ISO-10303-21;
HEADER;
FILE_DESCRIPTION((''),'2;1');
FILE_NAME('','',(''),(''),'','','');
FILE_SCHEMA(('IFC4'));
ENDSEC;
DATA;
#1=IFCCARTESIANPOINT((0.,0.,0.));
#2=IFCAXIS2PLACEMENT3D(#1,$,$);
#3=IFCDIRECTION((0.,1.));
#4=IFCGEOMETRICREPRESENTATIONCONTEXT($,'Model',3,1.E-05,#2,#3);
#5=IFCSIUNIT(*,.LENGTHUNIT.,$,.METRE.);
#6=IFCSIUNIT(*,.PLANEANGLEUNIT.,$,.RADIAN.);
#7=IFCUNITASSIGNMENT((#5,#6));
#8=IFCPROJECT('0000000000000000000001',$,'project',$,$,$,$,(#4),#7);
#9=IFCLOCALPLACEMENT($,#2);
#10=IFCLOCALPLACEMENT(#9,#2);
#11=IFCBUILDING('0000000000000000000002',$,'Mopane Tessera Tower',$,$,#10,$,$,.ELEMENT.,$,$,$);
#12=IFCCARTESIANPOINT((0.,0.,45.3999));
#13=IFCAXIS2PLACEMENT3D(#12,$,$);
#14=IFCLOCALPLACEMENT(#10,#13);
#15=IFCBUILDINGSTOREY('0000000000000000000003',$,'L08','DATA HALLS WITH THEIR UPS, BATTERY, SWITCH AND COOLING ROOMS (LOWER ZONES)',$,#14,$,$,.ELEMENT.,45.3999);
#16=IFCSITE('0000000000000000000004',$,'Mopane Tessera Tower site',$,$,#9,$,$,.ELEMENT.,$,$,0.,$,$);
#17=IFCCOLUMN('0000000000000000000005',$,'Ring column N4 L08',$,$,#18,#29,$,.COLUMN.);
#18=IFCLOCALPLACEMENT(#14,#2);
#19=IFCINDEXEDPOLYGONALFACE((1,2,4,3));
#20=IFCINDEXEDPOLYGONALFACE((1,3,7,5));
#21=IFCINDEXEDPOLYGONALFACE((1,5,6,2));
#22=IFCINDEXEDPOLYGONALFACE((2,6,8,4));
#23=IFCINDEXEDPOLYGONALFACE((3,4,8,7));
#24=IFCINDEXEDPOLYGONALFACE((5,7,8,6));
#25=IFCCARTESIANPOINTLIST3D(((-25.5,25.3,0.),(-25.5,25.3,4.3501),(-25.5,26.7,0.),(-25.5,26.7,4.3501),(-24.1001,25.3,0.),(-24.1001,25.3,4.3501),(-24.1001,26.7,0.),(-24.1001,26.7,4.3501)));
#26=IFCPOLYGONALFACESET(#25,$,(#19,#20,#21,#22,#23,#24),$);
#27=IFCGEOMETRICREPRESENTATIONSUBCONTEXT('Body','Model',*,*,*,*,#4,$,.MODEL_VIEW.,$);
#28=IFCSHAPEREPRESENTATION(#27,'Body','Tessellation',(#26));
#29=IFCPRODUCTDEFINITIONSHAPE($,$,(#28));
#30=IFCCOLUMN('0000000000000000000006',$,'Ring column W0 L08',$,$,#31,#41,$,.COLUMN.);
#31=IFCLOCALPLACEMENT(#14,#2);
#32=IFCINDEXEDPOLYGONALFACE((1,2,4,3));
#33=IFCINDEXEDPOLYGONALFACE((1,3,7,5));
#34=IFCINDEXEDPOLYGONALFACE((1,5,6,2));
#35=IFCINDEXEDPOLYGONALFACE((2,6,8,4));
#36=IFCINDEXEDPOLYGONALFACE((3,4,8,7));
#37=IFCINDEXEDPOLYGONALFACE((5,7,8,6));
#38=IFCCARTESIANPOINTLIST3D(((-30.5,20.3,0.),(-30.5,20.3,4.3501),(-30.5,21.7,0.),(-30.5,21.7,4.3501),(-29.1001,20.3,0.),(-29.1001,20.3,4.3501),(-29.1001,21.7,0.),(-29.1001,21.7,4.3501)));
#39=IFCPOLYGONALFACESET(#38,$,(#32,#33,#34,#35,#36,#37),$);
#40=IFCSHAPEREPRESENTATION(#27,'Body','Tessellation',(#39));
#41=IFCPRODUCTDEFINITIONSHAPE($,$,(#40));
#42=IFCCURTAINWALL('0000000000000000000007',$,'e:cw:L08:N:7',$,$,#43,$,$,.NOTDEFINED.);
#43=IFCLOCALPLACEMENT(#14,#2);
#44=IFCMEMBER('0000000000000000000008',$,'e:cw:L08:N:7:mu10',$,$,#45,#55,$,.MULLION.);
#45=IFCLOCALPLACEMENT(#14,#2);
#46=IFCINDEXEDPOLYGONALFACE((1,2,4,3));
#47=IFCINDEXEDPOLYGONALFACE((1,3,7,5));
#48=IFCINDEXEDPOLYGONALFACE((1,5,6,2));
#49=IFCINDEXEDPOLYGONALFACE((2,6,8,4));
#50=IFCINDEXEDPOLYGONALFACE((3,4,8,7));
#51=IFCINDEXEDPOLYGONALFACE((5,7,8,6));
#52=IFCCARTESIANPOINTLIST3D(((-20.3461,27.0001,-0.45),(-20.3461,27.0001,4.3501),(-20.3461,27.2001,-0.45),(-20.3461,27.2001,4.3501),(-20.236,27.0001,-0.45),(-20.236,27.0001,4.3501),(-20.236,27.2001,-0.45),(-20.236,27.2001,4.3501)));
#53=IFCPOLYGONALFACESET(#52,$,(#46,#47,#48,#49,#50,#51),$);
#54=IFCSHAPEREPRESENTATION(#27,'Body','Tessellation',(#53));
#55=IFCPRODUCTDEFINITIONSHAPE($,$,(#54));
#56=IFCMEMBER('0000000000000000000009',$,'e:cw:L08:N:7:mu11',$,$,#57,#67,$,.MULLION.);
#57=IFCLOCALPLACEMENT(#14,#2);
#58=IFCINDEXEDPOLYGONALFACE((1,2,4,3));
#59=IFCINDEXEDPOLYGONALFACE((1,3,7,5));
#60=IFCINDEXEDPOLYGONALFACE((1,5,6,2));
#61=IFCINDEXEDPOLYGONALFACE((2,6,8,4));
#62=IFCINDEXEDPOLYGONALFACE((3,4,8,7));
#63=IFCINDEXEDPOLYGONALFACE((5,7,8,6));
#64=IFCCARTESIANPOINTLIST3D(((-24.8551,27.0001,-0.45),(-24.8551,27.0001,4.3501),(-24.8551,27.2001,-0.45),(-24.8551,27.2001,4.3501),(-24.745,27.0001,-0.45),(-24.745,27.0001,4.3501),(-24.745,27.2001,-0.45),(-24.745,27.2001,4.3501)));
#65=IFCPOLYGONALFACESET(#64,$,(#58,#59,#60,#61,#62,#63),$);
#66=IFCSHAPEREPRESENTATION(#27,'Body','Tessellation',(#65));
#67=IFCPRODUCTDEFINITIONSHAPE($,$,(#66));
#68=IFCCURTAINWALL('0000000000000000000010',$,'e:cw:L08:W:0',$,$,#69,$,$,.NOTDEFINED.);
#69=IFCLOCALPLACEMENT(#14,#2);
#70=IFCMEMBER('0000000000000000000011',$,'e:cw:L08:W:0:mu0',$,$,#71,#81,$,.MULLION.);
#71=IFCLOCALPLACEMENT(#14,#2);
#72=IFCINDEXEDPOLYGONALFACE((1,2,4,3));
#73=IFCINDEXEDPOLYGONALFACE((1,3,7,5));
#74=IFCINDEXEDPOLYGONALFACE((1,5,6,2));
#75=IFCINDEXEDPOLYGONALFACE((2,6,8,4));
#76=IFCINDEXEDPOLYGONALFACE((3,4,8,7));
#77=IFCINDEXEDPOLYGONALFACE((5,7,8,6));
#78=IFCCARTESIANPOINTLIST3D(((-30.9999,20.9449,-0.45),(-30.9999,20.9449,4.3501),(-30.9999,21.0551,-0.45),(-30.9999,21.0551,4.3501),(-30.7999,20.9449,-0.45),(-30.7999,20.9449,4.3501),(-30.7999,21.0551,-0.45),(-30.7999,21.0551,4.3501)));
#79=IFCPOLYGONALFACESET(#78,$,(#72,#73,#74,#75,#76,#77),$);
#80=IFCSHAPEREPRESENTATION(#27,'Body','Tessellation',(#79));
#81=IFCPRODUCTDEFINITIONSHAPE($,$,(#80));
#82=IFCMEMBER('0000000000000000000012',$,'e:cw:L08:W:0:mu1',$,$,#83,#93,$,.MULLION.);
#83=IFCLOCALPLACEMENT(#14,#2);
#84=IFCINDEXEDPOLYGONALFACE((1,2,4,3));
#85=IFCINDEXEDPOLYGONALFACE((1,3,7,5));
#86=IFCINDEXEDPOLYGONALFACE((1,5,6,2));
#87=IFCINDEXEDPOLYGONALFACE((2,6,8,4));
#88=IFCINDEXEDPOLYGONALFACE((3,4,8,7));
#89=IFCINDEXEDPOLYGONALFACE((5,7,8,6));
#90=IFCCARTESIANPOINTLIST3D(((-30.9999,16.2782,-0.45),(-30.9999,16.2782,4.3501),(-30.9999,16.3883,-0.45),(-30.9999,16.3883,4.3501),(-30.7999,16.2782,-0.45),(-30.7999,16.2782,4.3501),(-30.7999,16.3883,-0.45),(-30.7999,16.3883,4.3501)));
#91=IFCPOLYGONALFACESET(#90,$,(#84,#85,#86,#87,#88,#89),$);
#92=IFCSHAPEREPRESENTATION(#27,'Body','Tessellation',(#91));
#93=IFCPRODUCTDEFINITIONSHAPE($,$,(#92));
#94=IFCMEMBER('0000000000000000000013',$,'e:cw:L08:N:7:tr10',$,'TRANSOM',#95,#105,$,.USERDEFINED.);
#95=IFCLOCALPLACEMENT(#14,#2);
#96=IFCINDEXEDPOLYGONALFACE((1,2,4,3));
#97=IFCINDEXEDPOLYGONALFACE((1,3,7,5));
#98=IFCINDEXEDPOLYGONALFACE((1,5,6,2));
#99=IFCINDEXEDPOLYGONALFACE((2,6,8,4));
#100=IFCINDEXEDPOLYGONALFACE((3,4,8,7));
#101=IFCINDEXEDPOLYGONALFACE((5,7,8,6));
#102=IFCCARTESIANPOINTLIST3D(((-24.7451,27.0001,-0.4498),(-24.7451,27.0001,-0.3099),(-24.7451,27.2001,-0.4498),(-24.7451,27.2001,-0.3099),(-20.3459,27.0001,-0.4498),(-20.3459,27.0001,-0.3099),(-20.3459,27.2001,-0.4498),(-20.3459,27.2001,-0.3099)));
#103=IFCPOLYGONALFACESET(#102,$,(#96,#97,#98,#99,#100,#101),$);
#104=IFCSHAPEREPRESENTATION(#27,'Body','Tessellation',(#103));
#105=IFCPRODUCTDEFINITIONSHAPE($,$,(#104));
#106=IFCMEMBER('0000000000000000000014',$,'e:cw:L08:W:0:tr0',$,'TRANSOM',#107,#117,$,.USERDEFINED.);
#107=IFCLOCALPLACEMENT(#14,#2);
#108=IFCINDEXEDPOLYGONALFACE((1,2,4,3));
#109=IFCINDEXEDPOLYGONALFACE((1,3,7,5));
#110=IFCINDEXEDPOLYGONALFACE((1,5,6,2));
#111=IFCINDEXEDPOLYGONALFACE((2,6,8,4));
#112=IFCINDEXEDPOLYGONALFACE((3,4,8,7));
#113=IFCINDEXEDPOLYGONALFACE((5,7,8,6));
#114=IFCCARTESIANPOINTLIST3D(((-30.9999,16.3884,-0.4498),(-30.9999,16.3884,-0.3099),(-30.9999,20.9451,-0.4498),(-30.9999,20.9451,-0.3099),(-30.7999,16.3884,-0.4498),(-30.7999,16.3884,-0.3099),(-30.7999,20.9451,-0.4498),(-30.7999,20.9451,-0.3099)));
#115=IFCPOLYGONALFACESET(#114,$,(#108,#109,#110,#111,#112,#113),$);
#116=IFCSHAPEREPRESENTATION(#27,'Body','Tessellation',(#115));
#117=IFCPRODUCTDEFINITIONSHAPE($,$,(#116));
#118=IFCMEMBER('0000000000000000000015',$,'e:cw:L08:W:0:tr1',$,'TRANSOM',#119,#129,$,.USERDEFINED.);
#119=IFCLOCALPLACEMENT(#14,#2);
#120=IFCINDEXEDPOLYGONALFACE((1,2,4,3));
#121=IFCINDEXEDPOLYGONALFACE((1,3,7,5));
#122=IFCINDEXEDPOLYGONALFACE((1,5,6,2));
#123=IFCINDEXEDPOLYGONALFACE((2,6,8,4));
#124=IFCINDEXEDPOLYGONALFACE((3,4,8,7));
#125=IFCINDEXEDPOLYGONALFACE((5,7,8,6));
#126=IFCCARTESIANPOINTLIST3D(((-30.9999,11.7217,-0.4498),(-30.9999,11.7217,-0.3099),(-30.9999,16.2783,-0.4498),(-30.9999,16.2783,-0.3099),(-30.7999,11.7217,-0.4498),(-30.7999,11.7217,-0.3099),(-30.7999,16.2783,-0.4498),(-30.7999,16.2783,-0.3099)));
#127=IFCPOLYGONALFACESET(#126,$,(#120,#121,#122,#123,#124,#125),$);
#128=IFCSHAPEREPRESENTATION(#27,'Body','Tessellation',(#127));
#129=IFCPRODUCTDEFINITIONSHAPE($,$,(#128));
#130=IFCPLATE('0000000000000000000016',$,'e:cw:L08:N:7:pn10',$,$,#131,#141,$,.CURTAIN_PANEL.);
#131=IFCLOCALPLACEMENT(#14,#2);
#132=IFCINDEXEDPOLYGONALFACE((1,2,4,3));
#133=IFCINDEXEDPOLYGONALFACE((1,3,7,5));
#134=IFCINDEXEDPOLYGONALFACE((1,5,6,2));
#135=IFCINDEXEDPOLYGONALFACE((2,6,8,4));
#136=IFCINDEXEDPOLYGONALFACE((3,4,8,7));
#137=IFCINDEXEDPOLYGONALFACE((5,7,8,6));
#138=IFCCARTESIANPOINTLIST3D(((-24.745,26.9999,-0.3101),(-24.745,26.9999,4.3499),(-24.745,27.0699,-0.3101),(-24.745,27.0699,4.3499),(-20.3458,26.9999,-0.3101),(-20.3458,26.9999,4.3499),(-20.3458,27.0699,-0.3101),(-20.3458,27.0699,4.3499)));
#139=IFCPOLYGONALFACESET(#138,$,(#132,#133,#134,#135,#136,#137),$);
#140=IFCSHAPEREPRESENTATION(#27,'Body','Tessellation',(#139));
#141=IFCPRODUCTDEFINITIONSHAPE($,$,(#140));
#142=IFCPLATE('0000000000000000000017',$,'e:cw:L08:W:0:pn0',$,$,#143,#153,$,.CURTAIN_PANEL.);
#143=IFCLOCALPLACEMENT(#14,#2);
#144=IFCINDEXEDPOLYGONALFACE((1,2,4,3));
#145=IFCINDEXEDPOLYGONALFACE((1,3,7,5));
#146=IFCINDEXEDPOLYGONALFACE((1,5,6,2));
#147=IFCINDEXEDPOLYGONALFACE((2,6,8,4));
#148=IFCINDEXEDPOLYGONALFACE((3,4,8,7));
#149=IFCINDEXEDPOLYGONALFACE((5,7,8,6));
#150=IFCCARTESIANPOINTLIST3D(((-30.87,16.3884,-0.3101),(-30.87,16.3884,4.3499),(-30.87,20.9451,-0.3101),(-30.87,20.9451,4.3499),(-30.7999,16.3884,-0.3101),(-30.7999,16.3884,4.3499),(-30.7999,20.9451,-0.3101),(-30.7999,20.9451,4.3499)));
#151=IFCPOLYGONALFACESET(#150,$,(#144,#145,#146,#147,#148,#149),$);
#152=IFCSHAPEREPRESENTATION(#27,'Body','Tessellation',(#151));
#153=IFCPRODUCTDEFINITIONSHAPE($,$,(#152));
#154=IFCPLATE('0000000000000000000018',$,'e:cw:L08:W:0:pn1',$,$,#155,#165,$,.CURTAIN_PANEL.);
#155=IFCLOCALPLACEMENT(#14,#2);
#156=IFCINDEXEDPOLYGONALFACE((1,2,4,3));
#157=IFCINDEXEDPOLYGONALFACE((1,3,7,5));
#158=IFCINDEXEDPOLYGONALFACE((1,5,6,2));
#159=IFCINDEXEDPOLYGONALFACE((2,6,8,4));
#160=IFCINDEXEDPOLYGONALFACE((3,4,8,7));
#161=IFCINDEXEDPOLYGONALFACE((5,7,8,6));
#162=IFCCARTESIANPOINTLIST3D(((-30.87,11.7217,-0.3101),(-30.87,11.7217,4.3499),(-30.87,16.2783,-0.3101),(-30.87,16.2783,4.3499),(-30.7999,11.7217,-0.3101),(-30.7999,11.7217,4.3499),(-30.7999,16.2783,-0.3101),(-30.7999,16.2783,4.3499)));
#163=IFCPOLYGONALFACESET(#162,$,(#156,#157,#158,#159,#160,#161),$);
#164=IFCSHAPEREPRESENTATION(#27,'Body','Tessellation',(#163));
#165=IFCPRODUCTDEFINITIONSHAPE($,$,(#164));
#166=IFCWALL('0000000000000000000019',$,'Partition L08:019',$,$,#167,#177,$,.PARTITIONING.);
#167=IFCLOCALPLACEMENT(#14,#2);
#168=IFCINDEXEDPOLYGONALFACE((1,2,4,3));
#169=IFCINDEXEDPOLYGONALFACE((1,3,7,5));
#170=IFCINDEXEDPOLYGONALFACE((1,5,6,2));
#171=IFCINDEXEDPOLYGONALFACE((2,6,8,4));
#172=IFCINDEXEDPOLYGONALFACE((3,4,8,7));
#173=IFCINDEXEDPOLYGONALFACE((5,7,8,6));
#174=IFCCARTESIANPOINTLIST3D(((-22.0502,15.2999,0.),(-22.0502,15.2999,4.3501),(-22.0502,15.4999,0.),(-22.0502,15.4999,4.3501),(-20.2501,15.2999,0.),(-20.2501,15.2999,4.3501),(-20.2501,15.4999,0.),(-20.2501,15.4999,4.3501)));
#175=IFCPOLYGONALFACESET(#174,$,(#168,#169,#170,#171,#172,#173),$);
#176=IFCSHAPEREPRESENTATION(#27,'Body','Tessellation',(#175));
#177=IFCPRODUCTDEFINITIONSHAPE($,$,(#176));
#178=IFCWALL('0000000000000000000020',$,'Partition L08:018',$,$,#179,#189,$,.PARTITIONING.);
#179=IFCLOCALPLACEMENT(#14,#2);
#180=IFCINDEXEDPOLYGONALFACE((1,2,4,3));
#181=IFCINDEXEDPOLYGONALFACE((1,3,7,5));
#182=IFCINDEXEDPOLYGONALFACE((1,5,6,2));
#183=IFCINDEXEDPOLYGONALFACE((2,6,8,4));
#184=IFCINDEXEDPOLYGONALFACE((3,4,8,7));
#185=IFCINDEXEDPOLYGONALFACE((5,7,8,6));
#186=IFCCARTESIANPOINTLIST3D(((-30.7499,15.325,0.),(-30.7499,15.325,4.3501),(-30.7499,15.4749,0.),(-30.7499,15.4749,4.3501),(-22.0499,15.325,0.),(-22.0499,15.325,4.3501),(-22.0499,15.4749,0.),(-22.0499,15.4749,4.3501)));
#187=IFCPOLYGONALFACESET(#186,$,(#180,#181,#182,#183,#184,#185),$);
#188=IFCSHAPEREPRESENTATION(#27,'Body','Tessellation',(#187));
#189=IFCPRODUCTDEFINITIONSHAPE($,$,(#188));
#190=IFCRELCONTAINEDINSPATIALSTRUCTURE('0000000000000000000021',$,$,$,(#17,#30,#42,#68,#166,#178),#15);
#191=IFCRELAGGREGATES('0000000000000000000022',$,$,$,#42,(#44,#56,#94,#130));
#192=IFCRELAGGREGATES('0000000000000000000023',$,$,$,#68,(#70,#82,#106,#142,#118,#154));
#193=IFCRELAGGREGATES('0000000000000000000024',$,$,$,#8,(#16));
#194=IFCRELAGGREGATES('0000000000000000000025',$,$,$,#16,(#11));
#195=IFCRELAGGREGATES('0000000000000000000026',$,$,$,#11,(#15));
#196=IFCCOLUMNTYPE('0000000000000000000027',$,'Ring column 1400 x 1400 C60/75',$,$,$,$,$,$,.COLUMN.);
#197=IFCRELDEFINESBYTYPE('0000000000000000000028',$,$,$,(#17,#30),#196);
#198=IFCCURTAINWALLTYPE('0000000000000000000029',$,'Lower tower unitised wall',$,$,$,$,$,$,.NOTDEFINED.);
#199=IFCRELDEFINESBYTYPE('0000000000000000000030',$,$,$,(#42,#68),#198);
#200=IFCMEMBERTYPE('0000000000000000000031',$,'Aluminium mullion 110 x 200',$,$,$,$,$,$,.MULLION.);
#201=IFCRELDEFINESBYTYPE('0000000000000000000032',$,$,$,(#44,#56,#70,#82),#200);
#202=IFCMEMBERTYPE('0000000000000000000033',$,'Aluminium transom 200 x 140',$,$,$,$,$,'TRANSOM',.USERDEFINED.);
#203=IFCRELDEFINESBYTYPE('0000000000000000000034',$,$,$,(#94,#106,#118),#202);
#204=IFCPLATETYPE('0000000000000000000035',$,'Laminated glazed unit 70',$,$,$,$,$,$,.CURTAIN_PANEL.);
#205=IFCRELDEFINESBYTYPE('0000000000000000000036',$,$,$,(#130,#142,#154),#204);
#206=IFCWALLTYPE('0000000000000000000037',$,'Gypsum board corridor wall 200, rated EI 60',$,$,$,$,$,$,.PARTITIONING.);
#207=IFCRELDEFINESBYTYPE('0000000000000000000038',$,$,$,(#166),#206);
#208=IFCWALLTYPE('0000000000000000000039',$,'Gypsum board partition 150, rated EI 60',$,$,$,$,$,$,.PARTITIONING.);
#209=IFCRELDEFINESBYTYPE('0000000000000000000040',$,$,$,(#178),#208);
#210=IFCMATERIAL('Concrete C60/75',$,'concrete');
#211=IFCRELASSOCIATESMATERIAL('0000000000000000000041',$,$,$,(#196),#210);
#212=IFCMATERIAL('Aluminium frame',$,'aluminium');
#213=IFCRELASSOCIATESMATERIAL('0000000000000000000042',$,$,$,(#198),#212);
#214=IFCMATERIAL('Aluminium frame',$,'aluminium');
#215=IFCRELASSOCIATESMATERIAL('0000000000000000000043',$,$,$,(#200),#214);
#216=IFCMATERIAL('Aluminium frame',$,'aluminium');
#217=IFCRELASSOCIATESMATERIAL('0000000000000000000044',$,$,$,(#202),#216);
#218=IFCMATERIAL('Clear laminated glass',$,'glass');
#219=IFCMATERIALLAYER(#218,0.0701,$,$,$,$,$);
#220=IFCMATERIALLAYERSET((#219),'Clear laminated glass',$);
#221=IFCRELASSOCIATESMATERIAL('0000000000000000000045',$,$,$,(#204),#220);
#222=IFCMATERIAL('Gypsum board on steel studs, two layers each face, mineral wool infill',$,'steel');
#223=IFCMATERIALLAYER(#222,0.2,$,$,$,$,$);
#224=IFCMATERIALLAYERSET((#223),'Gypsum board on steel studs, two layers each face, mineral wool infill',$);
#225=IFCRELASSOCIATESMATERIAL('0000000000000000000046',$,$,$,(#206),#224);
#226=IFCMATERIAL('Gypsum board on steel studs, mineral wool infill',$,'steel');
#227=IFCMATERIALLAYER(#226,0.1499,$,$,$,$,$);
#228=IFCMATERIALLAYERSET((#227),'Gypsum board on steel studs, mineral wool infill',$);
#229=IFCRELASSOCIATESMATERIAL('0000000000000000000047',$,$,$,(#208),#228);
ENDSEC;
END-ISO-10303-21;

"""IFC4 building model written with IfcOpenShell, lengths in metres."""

from ifc_helpers import new_model, si_unit, direction, frame, frame_2d, origin, origin_2d, place, context, subcontext, project, spatial, rectangle, extrude, material, layer, layer_set, material_profile, profile_set, type_object, element, aggregate, save


model = new_model("IFC4")

# Units and contexts
model_context = context("Model", 3, precision=1e-05, world=origin(), true_north=direction((0.0, 1.0)))
body_context = subcontext(model_context, "Body", "Model", "MODEL_VIEW")
ifc_project = project(units=[si_unit("LENGTHUNIT", "METRE"), si_unit("PLANEANGLEUNIT", "RADIAN")], contexts=[model_context])

# Site, building, storey
site_placement = place(None, origin())
site = spatial("IfcSite", under=ifc_project, at=site_placement, Name="Mopane Tessera Tower site", CompositionType="ELEMENT", RefElevation=0.0)
building_placement = place(site_placement, origin())
building = spatial("IfcBuilding", under=site, at=building_placement, Name="Mopane Tessera Tower", CompositionType="ELEMENT")
storey_placement = place(building_placement, frame((0.0, 0.0, 45.3999)))
storey = spatial("IfcBuildingStorey", under=building, at=storey_placement, Name="L08", Description="DATA HALLS WITH THEIR UPS, BATTERY, SWITCH AND COOLING ROOMS (LOWER ZONES)", CompositionType="ELEMENT", Elevation=45.3999)

# Columns
ifc_material_1 = material(Name="Concrete C60/75", Category="concrete")
ifc_material_profile_1 = material_profile(ifc_material_1, rectangle(XDim=1.3999, YDim=1.3999, at=origin_2d()))
ifc_profile_set_1 = profile_set([ifc_material_profile_1], Name="Concrete C60/75")
column_type = type_object("IfcColumnType", Name="Ring column 1400 x 1400 C60/75", PredefinedType="COLUMN", material=ifc_profile_set_1)
for number, where, z_axis, x_axis, name in (
    (1, (-24.8, 26.0, 0.0), (0.0, 0.0, 1.0), (1.0, 0.0, 0.0), "Ring column N4 L08"),
    (2, (-29.8, 21.0, 0.0), (0.0, 0.0, 1.0), (1.0, 0.0, 0.0), "Ring column W0 L08"),
):
    element("IfcColumn", number, at=place(storey_placement, frame(where, z_axis=z_axis, x_axis=x_axis)), inside=storey, type_object=column_type, Name=name, PredefinedType="COLUMN", context=body_context, shape_type="SweptSolid", body=[
        extrude(rectangle(XDim=1.3999, YDim=1.3999, at=origin_2d()), origin(), (0.0, 0.0, 1.0), 4.3501),
    ])

# Curtain walls, members
ifc_material_2 = material(Name="Aluminium frame", Category="aluminium")
curtain_wall_type = type_object("IfcCurtainWallType", Name="Lower tower unitised wall", PredefinedType="NOTDEFINED", material=ifc_material_2)
curtain_wall_1_placement = place(storey_placement, origin())
curtain_wall_1 = element("IfcCurtainWall", 3, at=curtain_wall_1_placement, inside=storey, type_object=curtain_wall_type, Name="e:cw:L08:N:7", PredefinedType="NOTDEFINED")
ifc_material_3 = material(Name="Aluminium frame", Category="aluminium")
ifc_material_profile_2 = material_profile(ifc_material_3, rectangle(XDim=0.1101, YDim=0.2, at=origin_2d()))
ifc_profile_set_2 = profile_set([ifc_material_profile_2], Name="Aluminium frame")
member_type_1 = type_object("IfcMemberType", Name="Aluminium mullion 110 x 200", PredefinedType="MULLION", material=ifc_profile_set_2)
member_1_placement = place(storey_placement, frame((-20.291, 27.1001, -0.45), z_axis=(0.0, 0.0, 1.0), x_axis=(-1.0, 0.0, 0.0)))
member_1 = element("IfcMember", 4, at=member_1_placement, type_object=member_type_1, Name="e:cw:L08:N:7:mu10", PredefinedType="MULLION", context=body_context, shape_type="SweptSolid", body=[
    extrude(rectangle(XDim=0.1101, YDim=0.2, at=origin_2d()), origin(), (0.0, 0.0, 1.0), 4.8),
])
member_2_placement = place(storey_placement, frame((-24.8, 27.1001, -0.45), z_axis=(0.0, 0.0, 1.0), x_axis=(-1.0, 0.0, 0.0)))
member_2 = element("IfcMember", 5, at=member_2_placement, type_object=member_type_1, Name="e:cw:L08:N:7:mu11", PredefinedType="MULLION", context=body_context, shape_type="SweptSolid", body=[
    extrude(rectangle(XDim=0.1101, YDim=0.2, at=origin_2d()), origin(), (0.0, 0.0, 1.0), 4.8),
])
curtain_wall_2_placement = place(storey_placement, origin())
curtain_wall_2 = element("IfcCurtainWall", 6, at=curtain_wall_2_placement, inside=storey, type_object=curtain_wall_type, Name="e:cw:L08:W:0", PredefinedType="NOTDEFINED")
member_3_placement = place(storey_placement, frame((-30.8999, 21.0, -0.45), z_axis=(0.0, 0.0, 1.0), x_axis=(0.0, -1.0, 0.0)))
member_3 = element("IfcMember", 7, at=member_3_placement, type_object=member_type_1, Name="e:cw:L08:W:0:mu0", PredefinedType="MULLION", context=body_context, shape_type="SweptSolid", body=[
    extrude(rectangle(XDim=0.1101, YDim=0.2, at=origin_2d()), origin(), (0.0, 0.0, 1.0), 4.8),
])
member_4_placement = place(storey_placement, frame((-30.8999, 16.3333, -0.45), z_axis=(0.0, 0.0, 1.0), x_axis=(0.0, -1.0, 0.0)))
member_4 = element("IfcMember", 8, at=member_4_placement, type_object=member_type_1, Name="e:cw:L08:W:0:mu1", PredefinedType="MULLION", context=body_context, shape_type="SweptSolid", body=[
    extrude(rectangle(XDim=0.1101, YDim=0.2, at=origin_2d()), origin(), (0.0, 0.0, 1.0), 4.8),
])

# Members
ifc_material_4 = material(Name="Aluminium frame", Category="aluminium")
ifc_material_profile_3 = material_profile(ifc_material_4, rectangle(XDim=0.2, YDim=0.1399, at=origin_2d()))
ifc_profile_set_3 = profile_set([ifc_material_profile_3], Name="Aluminium frame")
member_type_2 = type_object("IfcMemberType", Name="Aluminium transom 200 x 140", ElementType="TRANSOM", PredefinedType="USERDEFINED", material=ifc_profile_set_3)
member_5_placement = place(storey_placement, frame((-20.3459, 27.1001, -0.3799), z_axis=(-1.0, 0.0, 0.0), x_axis=(0.0, -1.0, 0.0)))
member_5 = element("IfcMember", 9, at=member_5_placement, type_object=member_type_2, Name="e:cw:L08:N:7:tr10", ObjectType="TRANSOM", PredefinedType="USERDEFINED", context=body_context, shape_type="SweptSolid", body=[
    extrude(rectangle(XDim=0.2, YDim=0.1399, at=origin_2d()), origin(), (0.0, 0.0, 1.0), 4.3992),
])
member_6_placement = place(storey_placement, frame((-30.8999, 20.9451, -0.3799), z_axis=(0.0, -1.0, 0.0), x_axis=(1.0, 0.0, 0.0)))
member_6 = element("IfcMember", 10, at=member_6_placement, type_object=member_type_2, Name="e:cw:L08:W:0:tr0", ObjectType="TRANSOM", PredefinedType="USERDEFINED", context=body_context, shape_type="SweptSolid", body=[
    extrude(rectangle(XDim=0.2, YDim=0.1399, at=origin_2d()), origin(), (0.0, 0.0, 1.0), 4.5566),
])
member_7_placement = place(storey_placement, frame((-30.8999, 16.2783, -0.3799), z_axis=(0.0, -1.0, 0.0), x_axis=(1.0, 0.0, 0.0)))
member_7 = element("IfcMember", 11, at=member_7_placement, type_object=member_type_2, Name="e:cw:L08:W:0:tr1", ObjectType="TRANSOM", PredefinedType="USERDEFINED", context=body_context, shape_type="SweptSolid", body=[
    extrude(rectangle(XDim=0.2, YDim=0.1399, at=origin_2d()), origin(), (0.0, 0.0, 1.0), 4.5566),
])

# Plates
ifc_material_5 = material(Name="Clear laminated glass", Category="glass")
ifc_layer_1 = layer(ifc_material_5, 0.0701)
ifc_layer_set_1 = layer_set([ifc_layer_1], Name="Clear laminated glass")
plate_type = type_object("IfcPlateType", Name="Laminated glazed unit 70", PredefinedType="CURTAIN_PANEL", material=ifc_layer_set_1)
plate_1_placement = place(storey_placement, frame((-22.5454, 27.0349, -0.3101), z_axis=(0.0, 0.0, 1.0), x_axis=(-1.0, 0.0, 0.0)))
plate_1 = element("IfcPlate", 12, at=plate_1_placement, type_object=plate_type, Name="e:cw:L08:N:7:pn10", PredefinedType="CURTAIN_PANEL", context=body_context, shape_type="SweptSolid", body=[
    extrude(rectangle(XDim=4.3992, YDim=0.0701, at=origin_2d()), origin(), (0.0, 0.0, 1.0), 4.6599),
])
aggregate(curtain_wall_1, [member_1, member_2, member_5, plate_1])
plate_2_placement = place(storey_placement, frame((-30.835, 18.6667, -0.3101), z_axis=(0.0, 0.0, 1.0), x_axis=(0.0, -1.0, 0.0)))
plate_2 = element("IfcPlate", 13, at=plate_2_placement, type_object=plate_type, Name="e:cw:L08:W:0:pn0", PredefinedType="CURTAIN_PANEL", context=body_context, shape_type="SweptSolid", body=[
    extrude(rectangle(XDim=4.5566, YDim=0.0701, at=origin_2d()), origin(), (0.0, 0.0, 1.0), 4.6599),
])
plate_3_placement = place(storey_placement, frame((-30.835, 14.0, -0.3101), z_axis=(0.0, 0.0, 1.0), x_axis=(0.0, -1.0, 0.0)))
plate_3 = element("IfcPlate", 14, at=plate_3_placement, type_object=plate_type, Name="e:cw:L08:W:0:pn1", PredefinedType="CURTAIN_PANEL", context=body_context, shape_type="SweptSolid", body=[
    extrude(rectangle(XDim=4.5566, YDim=0.0701, at=origin_2d()), origin(), (0.0, 0.0, 1.0), 4.6599),
])
aggregate(curtain_wall_2, [member_3, member_4, member_6, plate_2, member_7, plate_3])

# Walls
ifc_material_6 = material(Name="Gypsum board on steel studs, two layers each face, mineral wool infill", Category="steel")
ifc_layer_2 = layer(ifc_material_6, 0.2)
ifc_layer_set_2 = layer_set([ifc_layer_2], Name="Gypsum board on steel studs, two layers each face, mineral wool infill")
wall_type_1 = type_object("IfcWallType", Name="Gypsum board corridor wall 200, rated EI 60", PredefinedType="PARTITIONING", material=ifc_layer_set_2)
wall_1_placement = place(storey_placement, frame((-22.05, 15.3999, 0.0), z_axis=(0.0, 0.0, 1.0), x_axis=(1.0, 0.0, 0.0)))
element("IfcWall", 15, at=wall_1_placement, inside=storey, type_object=wall_type_1, Name="Partition L08:019", PredefinedType="PARTITIONING", context=body_context, shape_type="SweptSolid", body=[
    extrude(rectangle(XDim=1.8, YDim=0.2, at=frame_2d((0.8999, 0.0))), origin(), (0.0, 0.0, 1.0), 4.3501),
])
ifc_material_7 = material(Name="Gypsum board on steel studs, mineral wool infill", Category="steel")
ifc_layer_3 = layer(ifc_material_7, 0.1499)
ifc_layer_set_3 = layer_set([ifc_layer_3], Name="Gypsum board on steel studs, mineral wool infill")
wall_type_2 = type_object("IfcWallType", Name="Gypsum board partition 150, rated EI 60", PredefinedType="PARTITIONING", material=ifc_layer_set_3)
wall_2_placement = place(storey_placement, frame((-30.75, 15.3999, 0.0), z_axis=(0.0, 0.0, 1.0), x_axis=(1.0, 0.0, 0.0)))
element("IfcWall", 16, at=wall_2_placement, inside=storey, type_object=wall_type_2, Name="Partition L08:018", PredefinedType="PARTITIONING", context=body_context, shape_type="SweptSolid", body=[
    extrude(rectangle(XDim=8.7, YDim=0.1499, at=frame_2d((4.3501, 0.0))), origin(), (0.0, 0.0, 1.0), 4.3501),
])

save(model, "model.ifc")
